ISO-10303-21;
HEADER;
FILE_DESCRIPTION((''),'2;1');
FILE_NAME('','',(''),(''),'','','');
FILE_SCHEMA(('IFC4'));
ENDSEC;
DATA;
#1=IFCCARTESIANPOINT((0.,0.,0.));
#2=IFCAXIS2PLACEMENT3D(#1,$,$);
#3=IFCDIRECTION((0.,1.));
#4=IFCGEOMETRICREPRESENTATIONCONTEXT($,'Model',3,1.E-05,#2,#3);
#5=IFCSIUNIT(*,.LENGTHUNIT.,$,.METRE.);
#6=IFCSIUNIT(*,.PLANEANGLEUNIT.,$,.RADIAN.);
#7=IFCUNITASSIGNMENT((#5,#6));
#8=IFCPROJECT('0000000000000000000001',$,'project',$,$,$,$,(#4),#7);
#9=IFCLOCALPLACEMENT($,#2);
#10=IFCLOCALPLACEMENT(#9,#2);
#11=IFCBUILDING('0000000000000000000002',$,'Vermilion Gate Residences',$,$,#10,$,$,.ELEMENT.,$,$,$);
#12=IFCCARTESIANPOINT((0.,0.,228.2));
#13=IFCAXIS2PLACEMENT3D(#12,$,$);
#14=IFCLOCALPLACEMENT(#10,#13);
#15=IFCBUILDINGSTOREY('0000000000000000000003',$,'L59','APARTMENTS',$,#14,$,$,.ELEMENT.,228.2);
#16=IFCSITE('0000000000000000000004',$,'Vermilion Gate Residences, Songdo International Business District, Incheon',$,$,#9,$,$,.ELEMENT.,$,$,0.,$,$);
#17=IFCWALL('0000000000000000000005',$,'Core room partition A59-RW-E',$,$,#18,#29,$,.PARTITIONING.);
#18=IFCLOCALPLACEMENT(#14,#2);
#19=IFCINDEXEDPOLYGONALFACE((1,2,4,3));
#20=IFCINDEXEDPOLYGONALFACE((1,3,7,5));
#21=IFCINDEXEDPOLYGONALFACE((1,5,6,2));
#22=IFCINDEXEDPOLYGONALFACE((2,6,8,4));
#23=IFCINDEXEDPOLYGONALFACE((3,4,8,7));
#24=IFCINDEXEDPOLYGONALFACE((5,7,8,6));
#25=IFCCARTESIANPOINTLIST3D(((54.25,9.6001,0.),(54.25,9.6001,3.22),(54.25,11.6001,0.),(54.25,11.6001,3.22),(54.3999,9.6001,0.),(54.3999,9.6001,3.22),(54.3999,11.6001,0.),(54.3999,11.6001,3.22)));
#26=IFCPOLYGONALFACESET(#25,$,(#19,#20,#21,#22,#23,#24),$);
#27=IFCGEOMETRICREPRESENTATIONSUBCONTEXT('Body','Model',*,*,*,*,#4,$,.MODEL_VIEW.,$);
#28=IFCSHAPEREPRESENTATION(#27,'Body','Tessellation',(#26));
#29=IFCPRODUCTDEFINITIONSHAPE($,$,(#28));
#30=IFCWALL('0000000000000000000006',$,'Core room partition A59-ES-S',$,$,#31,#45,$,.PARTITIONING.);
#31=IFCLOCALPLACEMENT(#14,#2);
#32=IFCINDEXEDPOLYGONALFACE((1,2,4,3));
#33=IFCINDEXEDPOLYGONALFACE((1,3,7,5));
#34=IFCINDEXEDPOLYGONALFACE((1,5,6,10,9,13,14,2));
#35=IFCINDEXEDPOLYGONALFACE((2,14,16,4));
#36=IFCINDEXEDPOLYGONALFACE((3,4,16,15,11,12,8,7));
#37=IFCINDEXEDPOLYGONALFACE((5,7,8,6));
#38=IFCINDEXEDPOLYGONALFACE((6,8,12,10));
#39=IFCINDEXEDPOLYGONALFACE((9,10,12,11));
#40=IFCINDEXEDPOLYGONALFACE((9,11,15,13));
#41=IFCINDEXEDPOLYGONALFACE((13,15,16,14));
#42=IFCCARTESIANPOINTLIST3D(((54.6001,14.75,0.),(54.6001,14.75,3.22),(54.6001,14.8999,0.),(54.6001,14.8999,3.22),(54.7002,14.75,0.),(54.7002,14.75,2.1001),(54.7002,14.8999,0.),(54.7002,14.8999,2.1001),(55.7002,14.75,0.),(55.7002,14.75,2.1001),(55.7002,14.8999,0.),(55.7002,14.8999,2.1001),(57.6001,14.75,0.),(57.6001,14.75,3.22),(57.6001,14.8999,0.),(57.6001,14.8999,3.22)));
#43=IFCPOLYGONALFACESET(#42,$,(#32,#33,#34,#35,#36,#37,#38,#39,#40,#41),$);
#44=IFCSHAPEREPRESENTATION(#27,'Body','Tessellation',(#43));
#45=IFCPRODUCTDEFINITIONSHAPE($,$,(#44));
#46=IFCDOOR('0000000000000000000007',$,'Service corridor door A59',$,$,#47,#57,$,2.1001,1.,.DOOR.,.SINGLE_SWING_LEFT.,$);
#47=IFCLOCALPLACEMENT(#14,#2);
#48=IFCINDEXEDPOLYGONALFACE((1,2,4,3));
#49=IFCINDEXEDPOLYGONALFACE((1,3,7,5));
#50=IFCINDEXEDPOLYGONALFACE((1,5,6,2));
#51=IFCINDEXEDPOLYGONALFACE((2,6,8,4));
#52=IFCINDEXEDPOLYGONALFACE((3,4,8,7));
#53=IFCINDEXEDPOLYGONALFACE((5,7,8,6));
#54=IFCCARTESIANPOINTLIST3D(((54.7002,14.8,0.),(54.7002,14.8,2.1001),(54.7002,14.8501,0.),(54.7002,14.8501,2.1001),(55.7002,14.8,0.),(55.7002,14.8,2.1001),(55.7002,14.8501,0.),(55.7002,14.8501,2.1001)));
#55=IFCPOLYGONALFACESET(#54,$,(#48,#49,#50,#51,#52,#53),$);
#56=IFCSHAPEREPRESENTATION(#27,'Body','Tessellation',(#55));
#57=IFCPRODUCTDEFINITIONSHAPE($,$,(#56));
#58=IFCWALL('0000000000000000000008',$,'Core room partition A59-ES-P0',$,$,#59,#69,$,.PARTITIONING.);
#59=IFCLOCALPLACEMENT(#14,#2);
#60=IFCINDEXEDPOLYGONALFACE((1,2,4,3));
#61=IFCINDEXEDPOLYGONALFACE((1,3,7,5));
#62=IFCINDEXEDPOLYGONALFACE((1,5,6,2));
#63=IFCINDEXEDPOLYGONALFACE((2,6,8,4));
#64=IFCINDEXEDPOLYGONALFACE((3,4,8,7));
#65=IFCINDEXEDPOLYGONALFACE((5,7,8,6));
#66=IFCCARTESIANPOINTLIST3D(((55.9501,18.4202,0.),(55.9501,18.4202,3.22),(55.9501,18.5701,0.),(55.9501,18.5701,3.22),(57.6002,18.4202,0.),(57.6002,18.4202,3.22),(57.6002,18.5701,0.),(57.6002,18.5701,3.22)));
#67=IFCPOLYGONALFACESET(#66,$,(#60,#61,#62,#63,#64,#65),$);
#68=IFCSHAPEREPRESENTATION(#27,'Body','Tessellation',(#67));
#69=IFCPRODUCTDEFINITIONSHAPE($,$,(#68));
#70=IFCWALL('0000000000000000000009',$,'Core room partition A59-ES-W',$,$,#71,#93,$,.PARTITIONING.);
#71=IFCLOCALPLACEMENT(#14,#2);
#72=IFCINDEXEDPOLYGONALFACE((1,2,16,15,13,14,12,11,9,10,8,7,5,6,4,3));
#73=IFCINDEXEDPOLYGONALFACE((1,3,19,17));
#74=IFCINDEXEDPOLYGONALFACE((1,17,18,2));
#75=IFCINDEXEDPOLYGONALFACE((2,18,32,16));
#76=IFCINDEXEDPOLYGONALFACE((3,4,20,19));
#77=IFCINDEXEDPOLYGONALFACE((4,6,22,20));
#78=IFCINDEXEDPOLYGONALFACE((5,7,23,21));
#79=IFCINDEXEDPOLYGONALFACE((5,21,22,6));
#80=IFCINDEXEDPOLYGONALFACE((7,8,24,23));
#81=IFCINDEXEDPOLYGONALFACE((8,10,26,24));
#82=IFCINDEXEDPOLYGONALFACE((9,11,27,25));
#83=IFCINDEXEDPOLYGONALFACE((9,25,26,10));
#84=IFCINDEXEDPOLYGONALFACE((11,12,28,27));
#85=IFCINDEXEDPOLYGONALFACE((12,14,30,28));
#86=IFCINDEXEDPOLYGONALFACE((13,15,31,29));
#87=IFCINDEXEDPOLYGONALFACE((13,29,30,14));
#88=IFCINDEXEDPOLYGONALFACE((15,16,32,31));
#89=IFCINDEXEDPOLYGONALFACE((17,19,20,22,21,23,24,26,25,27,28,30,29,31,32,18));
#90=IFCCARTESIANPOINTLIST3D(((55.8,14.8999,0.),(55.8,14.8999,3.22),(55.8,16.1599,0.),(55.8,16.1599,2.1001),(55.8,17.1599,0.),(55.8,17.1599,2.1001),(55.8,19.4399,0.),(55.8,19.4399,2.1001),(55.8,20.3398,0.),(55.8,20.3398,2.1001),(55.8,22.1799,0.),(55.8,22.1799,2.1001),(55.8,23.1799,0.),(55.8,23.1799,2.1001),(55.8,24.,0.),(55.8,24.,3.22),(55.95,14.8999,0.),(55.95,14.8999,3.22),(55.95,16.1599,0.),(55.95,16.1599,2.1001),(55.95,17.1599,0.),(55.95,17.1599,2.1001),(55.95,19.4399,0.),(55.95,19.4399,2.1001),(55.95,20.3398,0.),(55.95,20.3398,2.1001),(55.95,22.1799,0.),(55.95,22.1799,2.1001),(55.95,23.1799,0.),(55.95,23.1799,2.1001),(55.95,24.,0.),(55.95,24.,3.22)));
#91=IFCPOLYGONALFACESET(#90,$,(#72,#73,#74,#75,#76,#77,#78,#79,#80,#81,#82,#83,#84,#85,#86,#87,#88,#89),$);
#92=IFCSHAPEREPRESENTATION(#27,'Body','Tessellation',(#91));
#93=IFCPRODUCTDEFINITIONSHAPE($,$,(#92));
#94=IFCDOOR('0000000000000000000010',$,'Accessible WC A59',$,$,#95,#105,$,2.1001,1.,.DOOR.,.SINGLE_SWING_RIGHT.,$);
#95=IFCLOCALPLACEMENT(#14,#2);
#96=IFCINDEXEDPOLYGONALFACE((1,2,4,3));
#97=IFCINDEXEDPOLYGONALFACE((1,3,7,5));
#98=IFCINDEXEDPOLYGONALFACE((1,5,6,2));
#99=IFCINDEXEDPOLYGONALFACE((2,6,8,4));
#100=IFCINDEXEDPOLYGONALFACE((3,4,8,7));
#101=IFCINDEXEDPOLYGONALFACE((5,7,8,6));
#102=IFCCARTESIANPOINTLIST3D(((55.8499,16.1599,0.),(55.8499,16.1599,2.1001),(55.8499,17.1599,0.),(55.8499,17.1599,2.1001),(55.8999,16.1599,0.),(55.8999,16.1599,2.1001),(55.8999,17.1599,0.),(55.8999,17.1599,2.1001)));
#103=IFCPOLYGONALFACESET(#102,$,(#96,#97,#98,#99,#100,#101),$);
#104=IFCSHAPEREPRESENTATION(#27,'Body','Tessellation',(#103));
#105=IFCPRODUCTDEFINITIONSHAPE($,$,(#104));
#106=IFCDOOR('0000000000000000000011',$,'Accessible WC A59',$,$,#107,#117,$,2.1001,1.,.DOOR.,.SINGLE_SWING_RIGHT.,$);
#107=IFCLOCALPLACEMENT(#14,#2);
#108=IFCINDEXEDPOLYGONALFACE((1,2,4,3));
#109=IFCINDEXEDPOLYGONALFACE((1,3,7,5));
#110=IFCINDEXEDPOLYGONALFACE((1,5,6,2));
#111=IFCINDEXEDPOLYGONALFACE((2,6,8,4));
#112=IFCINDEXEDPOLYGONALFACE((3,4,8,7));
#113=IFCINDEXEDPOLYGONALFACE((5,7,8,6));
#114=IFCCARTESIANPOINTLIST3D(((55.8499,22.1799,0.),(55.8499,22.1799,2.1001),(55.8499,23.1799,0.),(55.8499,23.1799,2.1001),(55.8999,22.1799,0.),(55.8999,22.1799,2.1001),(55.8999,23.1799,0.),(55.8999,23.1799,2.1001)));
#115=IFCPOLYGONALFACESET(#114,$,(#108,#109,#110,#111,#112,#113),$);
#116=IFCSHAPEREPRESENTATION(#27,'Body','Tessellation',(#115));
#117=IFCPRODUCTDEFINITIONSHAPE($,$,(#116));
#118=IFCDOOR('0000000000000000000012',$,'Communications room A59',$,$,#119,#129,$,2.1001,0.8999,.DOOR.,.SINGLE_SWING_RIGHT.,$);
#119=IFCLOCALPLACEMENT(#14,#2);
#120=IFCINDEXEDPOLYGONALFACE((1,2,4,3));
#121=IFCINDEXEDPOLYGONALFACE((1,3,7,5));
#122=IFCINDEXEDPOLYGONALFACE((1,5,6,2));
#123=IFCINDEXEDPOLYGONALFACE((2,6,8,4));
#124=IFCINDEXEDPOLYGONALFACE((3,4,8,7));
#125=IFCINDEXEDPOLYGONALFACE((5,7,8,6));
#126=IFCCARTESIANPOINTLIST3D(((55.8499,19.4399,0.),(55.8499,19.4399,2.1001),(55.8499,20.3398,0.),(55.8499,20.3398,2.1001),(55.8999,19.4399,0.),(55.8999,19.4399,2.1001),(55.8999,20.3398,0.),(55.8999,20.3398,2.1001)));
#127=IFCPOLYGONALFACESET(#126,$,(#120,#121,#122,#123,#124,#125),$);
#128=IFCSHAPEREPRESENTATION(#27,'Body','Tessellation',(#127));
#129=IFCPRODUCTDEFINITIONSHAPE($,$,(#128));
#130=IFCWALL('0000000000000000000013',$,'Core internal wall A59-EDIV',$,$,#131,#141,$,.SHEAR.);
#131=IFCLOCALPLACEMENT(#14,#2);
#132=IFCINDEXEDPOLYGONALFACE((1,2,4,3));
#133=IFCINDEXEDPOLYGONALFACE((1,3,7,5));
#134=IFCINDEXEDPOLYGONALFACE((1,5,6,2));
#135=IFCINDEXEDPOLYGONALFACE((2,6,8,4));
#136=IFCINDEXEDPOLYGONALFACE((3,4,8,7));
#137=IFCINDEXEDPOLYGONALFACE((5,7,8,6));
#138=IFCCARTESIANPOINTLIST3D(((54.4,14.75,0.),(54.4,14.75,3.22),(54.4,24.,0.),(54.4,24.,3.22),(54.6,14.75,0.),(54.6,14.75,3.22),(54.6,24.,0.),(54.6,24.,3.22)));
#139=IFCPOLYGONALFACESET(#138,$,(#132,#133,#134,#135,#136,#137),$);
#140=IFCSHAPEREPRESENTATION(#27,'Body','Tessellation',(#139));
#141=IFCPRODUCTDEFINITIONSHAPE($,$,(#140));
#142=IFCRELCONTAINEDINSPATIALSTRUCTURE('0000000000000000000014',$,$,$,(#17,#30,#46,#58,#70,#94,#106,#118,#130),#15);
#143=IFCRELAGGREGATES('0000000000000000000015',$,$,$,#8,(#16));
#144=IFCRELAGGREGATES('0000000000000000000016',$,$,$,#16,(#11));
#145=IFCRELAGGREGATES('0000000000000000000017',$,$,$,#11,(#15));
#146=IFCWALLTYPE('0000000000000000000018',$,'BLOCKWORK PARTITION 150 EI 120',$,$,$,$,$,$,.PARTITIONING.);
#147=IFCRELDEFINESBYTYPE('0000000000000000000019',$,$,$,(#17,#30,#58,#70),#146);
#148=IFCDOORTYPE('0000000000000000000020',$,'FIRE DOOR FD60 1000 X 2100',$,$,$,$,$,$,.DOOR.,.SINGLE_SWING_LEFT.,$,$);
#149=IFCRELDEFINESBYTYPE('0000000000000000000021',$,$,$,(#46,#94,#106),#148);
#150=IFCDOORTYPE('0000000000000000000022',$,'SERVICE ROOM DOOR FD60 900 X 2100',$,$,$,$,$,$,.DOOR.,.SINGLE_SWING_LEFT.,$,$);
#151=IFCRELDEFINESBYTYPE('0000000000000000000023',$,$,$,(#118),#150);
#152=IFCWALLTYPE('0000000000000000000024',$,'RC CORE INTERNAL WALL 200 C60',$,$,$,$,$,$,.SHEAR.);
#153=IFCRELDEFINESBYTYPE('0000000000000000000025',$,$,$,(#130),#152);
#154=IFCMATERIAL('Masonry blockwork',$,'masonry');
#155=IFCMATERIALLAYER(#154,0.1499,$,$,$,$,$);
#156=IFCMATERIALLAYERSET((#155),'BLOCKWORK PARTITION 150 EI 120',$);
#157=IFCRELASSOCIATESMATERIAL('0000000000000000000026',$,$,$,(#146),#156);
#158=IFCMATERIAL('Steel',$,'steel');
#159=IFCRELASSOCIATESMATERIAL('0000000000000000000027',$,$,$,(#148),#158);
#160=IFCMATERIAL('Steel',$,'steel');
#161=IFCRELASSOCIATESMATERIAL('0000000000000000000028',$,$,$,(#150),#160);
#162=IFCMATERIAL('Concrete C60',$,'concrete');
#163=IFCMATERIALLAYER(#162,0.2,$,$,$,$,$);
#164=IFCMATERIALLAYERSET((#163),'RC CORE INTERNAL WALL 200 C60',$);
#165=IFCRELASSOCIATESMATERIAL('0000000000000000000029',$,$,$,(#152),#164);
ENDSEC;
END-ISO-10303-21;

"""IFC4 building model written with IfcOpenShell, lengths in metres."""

from ifc_helpers import new_model, si_unit, direction, frame, frame_2d, origin, place, context, subcontext, project, spatial, rectangle, extrude, material, layer, layer_set, type_object, element, fill, save


model = new_model("IFC4")

# Units and contexts
model_context = context("Model", 3, precision=1e-05, world=origin(), true_north=direction((0.0, 1.0)))
body_context = subcontext(model_context, "Body", "Model", "MODEL_VIEW")
ifc_project = project(units=[si_unit("LENGTHUNIT", "METRE"), si_unit("PLANEANGLEUNIT", "RADIAN")], contexts=[model_context])

# Site, building, storey
site_placement = place(None, origin())
site = spatial("IfcSite", under=ifc_project, at=site_placement, Name="Vermilion Gate Residences, Songdo International Business District, Incheon", CompositionType="ELEMENT", RefElevation=0.0)
building_placement = place(site_placement, origin())
building = spatial("IfcBuilding", under=site, at=building_placement, Name="Vermilion Gate Residences", CompositionType="ELEMENT")
storey_placement = place(building_placement, frame((0.0, 0.0, 228.2)))
storey = spatial("IfcBuildingStorey", under=building, at=storey_placement, Name="L59", Description="APARTMENTS", CompositionType="ELEMENT", Elevation=228.2)

# Wall
ifc_material_1 = material(Name="Masonry blockwork", Category="masonry")
ifc_layer_1 = layer(ifc_material_1, 0.1499)
ifc_layer_set_1 = layer_set([ifc_layer_1], Name="BLOCKWORK PARTITION 150 EI 120")
wall_type_1 = type_object("IfcWallType", Name="BLOCKWORK PARTITION 150 EI 120", PredefinedType="PARTITIONING", material=ifc_layer_set_1)
wall_1_placement = place(storey_placement, frame((54.325, 9.6001, 0.0), z_axis=(0.0, 0.0, 1.0), x_axis=(0.0, 1.0, 0.0)))
element("IfcWall", 1, at=wall_1_placement, inside=storey, type_object=wall_type_1, Name="Core room partition A59-RW-E", PredefinedType="PARTITIONING", context=body_context, shape_type="SweptSolid", body=[
    extrude(rectangle(XDim=2.0, YDim=0.1499, at=frame_2d((1.0, 0.0))), origin(), (0.0, 0.0, 1.0), 3.22),
])

# Wall, opening, door
wall_2_placement = place(storey_placement, frame((54.6001, 14.825, 0.0), z_axis=(0.0, 0.0, 1.0), x_axis=(1.0, 0.0, 0.0)))
wall_2 = element("IfcWall", 2, at=wall_2_placement, inside=storey, type_object=wall_type_1, Name="Core room partition A59-ES-S", PredefinedType="PARTITIONING", context=body_context, shape_type="SweptSolid", body=[
    extrude(rectangle(XDim=3.0, YDim=0.1499, at=frame_2d((1.5, 0.0))), origin(), (0.0, 0.0, 1.0), 3.22),
])
opening_1_placement = place(wall_2_placement, frame((0.1001, 0.0, 0.0)))
opening_1 = element("IfcOpeningElement", 3, at=opening_1_placement, cuts=wall_2, PredefinedType="OPENING", context=body_context, shape_type="SweptSolid", body=[
    extrude(rectangle(XDim=1.0, YDim=2.1001, at=frame_2d((0.5, 1.05))), frame((0.0, 0.085, 0.0), z_axis=(0.0, -1.0, 0.0), x_axis=(1.0, 0.0, 0.0)), (0.0, 0.0, 1.0), 0.1699),
])
ifc_material_2 = material(Name="Steel", Category="steel")
door_type_1 = type_object("IfcDoorType", Name="FIRE DOOR FD60 1000 X 2100", OperationType="SINGLE_SWING_LEFT", PredefinedType="DOOR", material=ifc_material_2)
door_1_placement = place(opening_1_placement, frame((1.0, 0.0, 0.0), z_axis=(0.0, 0.0, 1.0), x_axis=(-1.0, 0.0, 0.0)))
door_1 = element("IfcDoor", 4, at=door_1_placement, inside=storey, type_object=door_type_1, Name="Service corridor door A59", OperationType="SINGLE_SWING_LEFT", OverallHeight=2.1001, OverallWidth=1.0, PredefinedType="DOOR", context=body_context, shape_type="SweptSolid", body=[
    extrude(rectangle(XDim=1.0, YDim=2.1001, at=frame_2d((0.5, 1.05))), frame((0.0, 0.0249, 0.0), z_axis=(0.0, -1.0, 0.0), x_axis=(1.0, 0.0, 0.0)), (0.0, 0.0, 1.0), 0.05),
])
fill(opening_1, door_1)

# Wall
wall_3_placement = place(storey_placement, frame((55.95, 18.4951, 0.0), z_axis=(0.0, 0.0, 1.0), x_axis=(1.0, 0.0, 0.0)))
element("IfcWall", 5, at=wall_3_placement, inside=storey, type_object=wall_type_1, Name="Core room partition A59-ES-P0", PredefinedType="PARTITIONING", context=body_context, shape_type="SweptSolid", body=[
    extrude(rectangle(XDim=1.6501, YDim=0.1499, at=frame_2d((0.8252, 0.0))), origin(), (0.0, 0.0, 1.0), 3.22),
])

# Wall, openings, doors
wall_4_placement = place(storey_placement, frame((55.875, 14.8999, 0.0), z_axis=(0.0, 0.0, 1.0), x_axis=(0.0, 1.0, 0.0)))
wall_4 = element("IfcWall", 6, at=wall_4_placement, inside=storey, type_object=wall_type_1, Name="Core room partition A59-ES-W", PredefinedType="PARTITIONING", context=body_context, shape_type="SweptSolid", body=[
    extrude(rectangle(XDim=9.1001, YDim=0.1499, at=frame_2d((4.55, 0.0))), origin(), (0.0, 0.0, 1.0), 3.22),
])
opening_2_placement = place(wall_4_placement, frame((1.26, 0.0, 0.0)))
opening_2 = element("IfcOpeningElement", 7, at=opening_2_placement, cuts=wall_4, PredefinedType="OPENING", context=body_context, shape_type="SweptSolid", body=[
    extrude(rectangle(XDim=1.0, YDim=2.1001, at=frame_2d((0.5, 1.05))), frame((0.0, 0.085, 0.0), z_axis=(0.0, -1.0, 0.0), x_axis=(1.0, 0.0, 0.0)), (0.0, 0.0, 1.0), 0.1699),
])
opening_3_placement = place(wall_4_placement, frame((4.54, 0.0, 0.0)))
opening_3 = element("IfcOpeningElement", 8, at=opening_3_placement, cuts=wall_4, PredefinedType="OPENING", context=body_context, shape_type="SweptSolid", body=[
    extrude(rectangle(XDim=0.8999, YDim=2.1001, at=frame_2d((0.45, 1.05))), frame((0.0, 0.085, 0.0), z_axis=(0.0, -1.0, 0.0), x_axis=(1.0, 0.0, 0.0)), (0.0, 0.0, 1.0), 0.1699),
])
opening_4_placement = place(wall_4_placement, frame((7.28, 0.0, 0.0)))
opening_4 = element("IfcOpeningElement", 9, at=opening_4_placement, cuts=wall_4, PredefinedType="OPENING", context=body_context, shape_type="SweptSolid", body=[
    extrude(rectangle(XDim=1.0, YDim=2.1001, at=frame_2d((0.5, 1.05))), frame((0.0, 0.085, 0.0), z_axis=(0.0, -1.0, 0.0), x_axis=(1.0, 0.0, 0.0)), (0.0, 0.0, 1.0), 0.1699),
])
door_2_placement = place(opening_2_placement, frame((1.0, 0.0, 0.0), z_axis=(0.0, 0.0, 1.0), x_axis=(-1.0, 0.0, 0.0)))
door_2 = element("IfcDoor", 10, at=door_2_placement, inside=storey, type_object=door_type_1, Name="Accessible WC A59", OperationType="SINGLE_SWING_RIGHT", OverallHeight=2.1001, OverallWidth=1.0, PredefinedType="DOOR", context=body_context, shape_type="SweptSolid", body=[
    extrude(rectangle(XDim=1.0, YDim=2.1001, at=frame_2d((0.5, 1.05))), frame((0.0, 0.0249, 0.0), z_axis=(0.0, -1.0, 0.0), x_axis=(1.0, 0.0, 0.0)), (0.0, 0.0, 1.0), 0.05),
])
fill(opening_2, door_2)
door_3_placement = place(opening_4_placement, frame((1.0, 0.0, 0.0), z_axis=(0.0, 0.0, 1.0), x_axis=(-1.0, 0.0, 0.0)))
door_3 = element("IfcDoor", 11, at=door_3_placement, inside=storey, type_object=door_type_1, Name="Accessible WC A59", OperationType="SINGLE_SWING_RIGHT", OverallHeight=2.1001, OverallWidth=1.0, PredefinedType="DOOR", context=body_context, shape_type="SweptSolid", body=[
    extrude(rectangle(XDim=1.0, YDim=2.1001, at=frame_2d((0.5, 1.05))), frame((0.0, 0.0249, 0.0), z_axis=(0.0, -1.0, 0.0), x_axis=(1.0, 0.0, 0.0)), (0.0, 0.0, 1.0), 0.05),
])
fill(opening_4, door_3)
ifc_material_3 = material(Name="Steel", Category="steel")
door_type_2 = type_object("IfcDoorType", Name="SERVICE ROOM DOOR FD60 900 X 2100", OperationType="SINGLE_SWING_LEFT", PredefinedType="DOOR", material=ifc_material_3)
door_4_placement = place(opening_3_placement, frame((0.8999, 0.0, 0.0), z_axis=(0.0, 0.0, 1.0), x_axis=(-1.0, 0.0, 0.0)))
door_4 = element("IfcDoor", 12, at=door_4_placement, inside=storey, type_object=door_type_2, Name="Communications room A59", OperationType="SINGLE_SWING_RIGHT", OverallHeight=2.1001, OverallWidth=0.8999, PredefinedType="DOOR", context=body_context, shape_type="SweptSolid", body=[
    extrude(rectangle(XDim=0.8999, YDim=2.1001, at=frame_2d((0.45, 1.05))), frame((0.0, 0.0249, 0.0), z_axis=(0.0, -1.0, 0.0), x_axis=(1.0, 0.0, 0.0)), (0.0, 0.0, 1.0), 0.05),
])
fill(opening_3, door_4)

# Wall
ifc_material_4 = material(Name="Concrete C60", Category="concrete")
ifc_layer_2 = layer(ifc_material_4, 0.2)
ifc_layer_set_2 = layer_set([ifc_layer_2], Name="RC CORE INTERNAL WALL 200 C60")
wall_type_2 = type_object("IfcWallType", Name="RC CORE INTERNAL WALL 200 C60", PredefinedType="SHEAR", material=ifc_layer_set_2)
wall_5_placement = place(storey_placement, frame((54.5, 14.75, 0.0), z_axis=(0.0, 0.0, 1.0), x_axis=(0.0, 1.0, 0.0)))
element("IfcWall", 13, at=wall_5_placement, inside=storey, type_object=wall_type_2, Name="Core internal wall A59-EDIV", PredefinedType="SHEAR", context=body_context, shape_type="SweptSolid", body=[
    extrude(rectangle(XDim=9.25, YDim=0.2, at=frame_2d((4.625, 0.0))), origin(), (0.0, 0.0, 1.0), 3.22),
])

save(model, "model.ifc")
